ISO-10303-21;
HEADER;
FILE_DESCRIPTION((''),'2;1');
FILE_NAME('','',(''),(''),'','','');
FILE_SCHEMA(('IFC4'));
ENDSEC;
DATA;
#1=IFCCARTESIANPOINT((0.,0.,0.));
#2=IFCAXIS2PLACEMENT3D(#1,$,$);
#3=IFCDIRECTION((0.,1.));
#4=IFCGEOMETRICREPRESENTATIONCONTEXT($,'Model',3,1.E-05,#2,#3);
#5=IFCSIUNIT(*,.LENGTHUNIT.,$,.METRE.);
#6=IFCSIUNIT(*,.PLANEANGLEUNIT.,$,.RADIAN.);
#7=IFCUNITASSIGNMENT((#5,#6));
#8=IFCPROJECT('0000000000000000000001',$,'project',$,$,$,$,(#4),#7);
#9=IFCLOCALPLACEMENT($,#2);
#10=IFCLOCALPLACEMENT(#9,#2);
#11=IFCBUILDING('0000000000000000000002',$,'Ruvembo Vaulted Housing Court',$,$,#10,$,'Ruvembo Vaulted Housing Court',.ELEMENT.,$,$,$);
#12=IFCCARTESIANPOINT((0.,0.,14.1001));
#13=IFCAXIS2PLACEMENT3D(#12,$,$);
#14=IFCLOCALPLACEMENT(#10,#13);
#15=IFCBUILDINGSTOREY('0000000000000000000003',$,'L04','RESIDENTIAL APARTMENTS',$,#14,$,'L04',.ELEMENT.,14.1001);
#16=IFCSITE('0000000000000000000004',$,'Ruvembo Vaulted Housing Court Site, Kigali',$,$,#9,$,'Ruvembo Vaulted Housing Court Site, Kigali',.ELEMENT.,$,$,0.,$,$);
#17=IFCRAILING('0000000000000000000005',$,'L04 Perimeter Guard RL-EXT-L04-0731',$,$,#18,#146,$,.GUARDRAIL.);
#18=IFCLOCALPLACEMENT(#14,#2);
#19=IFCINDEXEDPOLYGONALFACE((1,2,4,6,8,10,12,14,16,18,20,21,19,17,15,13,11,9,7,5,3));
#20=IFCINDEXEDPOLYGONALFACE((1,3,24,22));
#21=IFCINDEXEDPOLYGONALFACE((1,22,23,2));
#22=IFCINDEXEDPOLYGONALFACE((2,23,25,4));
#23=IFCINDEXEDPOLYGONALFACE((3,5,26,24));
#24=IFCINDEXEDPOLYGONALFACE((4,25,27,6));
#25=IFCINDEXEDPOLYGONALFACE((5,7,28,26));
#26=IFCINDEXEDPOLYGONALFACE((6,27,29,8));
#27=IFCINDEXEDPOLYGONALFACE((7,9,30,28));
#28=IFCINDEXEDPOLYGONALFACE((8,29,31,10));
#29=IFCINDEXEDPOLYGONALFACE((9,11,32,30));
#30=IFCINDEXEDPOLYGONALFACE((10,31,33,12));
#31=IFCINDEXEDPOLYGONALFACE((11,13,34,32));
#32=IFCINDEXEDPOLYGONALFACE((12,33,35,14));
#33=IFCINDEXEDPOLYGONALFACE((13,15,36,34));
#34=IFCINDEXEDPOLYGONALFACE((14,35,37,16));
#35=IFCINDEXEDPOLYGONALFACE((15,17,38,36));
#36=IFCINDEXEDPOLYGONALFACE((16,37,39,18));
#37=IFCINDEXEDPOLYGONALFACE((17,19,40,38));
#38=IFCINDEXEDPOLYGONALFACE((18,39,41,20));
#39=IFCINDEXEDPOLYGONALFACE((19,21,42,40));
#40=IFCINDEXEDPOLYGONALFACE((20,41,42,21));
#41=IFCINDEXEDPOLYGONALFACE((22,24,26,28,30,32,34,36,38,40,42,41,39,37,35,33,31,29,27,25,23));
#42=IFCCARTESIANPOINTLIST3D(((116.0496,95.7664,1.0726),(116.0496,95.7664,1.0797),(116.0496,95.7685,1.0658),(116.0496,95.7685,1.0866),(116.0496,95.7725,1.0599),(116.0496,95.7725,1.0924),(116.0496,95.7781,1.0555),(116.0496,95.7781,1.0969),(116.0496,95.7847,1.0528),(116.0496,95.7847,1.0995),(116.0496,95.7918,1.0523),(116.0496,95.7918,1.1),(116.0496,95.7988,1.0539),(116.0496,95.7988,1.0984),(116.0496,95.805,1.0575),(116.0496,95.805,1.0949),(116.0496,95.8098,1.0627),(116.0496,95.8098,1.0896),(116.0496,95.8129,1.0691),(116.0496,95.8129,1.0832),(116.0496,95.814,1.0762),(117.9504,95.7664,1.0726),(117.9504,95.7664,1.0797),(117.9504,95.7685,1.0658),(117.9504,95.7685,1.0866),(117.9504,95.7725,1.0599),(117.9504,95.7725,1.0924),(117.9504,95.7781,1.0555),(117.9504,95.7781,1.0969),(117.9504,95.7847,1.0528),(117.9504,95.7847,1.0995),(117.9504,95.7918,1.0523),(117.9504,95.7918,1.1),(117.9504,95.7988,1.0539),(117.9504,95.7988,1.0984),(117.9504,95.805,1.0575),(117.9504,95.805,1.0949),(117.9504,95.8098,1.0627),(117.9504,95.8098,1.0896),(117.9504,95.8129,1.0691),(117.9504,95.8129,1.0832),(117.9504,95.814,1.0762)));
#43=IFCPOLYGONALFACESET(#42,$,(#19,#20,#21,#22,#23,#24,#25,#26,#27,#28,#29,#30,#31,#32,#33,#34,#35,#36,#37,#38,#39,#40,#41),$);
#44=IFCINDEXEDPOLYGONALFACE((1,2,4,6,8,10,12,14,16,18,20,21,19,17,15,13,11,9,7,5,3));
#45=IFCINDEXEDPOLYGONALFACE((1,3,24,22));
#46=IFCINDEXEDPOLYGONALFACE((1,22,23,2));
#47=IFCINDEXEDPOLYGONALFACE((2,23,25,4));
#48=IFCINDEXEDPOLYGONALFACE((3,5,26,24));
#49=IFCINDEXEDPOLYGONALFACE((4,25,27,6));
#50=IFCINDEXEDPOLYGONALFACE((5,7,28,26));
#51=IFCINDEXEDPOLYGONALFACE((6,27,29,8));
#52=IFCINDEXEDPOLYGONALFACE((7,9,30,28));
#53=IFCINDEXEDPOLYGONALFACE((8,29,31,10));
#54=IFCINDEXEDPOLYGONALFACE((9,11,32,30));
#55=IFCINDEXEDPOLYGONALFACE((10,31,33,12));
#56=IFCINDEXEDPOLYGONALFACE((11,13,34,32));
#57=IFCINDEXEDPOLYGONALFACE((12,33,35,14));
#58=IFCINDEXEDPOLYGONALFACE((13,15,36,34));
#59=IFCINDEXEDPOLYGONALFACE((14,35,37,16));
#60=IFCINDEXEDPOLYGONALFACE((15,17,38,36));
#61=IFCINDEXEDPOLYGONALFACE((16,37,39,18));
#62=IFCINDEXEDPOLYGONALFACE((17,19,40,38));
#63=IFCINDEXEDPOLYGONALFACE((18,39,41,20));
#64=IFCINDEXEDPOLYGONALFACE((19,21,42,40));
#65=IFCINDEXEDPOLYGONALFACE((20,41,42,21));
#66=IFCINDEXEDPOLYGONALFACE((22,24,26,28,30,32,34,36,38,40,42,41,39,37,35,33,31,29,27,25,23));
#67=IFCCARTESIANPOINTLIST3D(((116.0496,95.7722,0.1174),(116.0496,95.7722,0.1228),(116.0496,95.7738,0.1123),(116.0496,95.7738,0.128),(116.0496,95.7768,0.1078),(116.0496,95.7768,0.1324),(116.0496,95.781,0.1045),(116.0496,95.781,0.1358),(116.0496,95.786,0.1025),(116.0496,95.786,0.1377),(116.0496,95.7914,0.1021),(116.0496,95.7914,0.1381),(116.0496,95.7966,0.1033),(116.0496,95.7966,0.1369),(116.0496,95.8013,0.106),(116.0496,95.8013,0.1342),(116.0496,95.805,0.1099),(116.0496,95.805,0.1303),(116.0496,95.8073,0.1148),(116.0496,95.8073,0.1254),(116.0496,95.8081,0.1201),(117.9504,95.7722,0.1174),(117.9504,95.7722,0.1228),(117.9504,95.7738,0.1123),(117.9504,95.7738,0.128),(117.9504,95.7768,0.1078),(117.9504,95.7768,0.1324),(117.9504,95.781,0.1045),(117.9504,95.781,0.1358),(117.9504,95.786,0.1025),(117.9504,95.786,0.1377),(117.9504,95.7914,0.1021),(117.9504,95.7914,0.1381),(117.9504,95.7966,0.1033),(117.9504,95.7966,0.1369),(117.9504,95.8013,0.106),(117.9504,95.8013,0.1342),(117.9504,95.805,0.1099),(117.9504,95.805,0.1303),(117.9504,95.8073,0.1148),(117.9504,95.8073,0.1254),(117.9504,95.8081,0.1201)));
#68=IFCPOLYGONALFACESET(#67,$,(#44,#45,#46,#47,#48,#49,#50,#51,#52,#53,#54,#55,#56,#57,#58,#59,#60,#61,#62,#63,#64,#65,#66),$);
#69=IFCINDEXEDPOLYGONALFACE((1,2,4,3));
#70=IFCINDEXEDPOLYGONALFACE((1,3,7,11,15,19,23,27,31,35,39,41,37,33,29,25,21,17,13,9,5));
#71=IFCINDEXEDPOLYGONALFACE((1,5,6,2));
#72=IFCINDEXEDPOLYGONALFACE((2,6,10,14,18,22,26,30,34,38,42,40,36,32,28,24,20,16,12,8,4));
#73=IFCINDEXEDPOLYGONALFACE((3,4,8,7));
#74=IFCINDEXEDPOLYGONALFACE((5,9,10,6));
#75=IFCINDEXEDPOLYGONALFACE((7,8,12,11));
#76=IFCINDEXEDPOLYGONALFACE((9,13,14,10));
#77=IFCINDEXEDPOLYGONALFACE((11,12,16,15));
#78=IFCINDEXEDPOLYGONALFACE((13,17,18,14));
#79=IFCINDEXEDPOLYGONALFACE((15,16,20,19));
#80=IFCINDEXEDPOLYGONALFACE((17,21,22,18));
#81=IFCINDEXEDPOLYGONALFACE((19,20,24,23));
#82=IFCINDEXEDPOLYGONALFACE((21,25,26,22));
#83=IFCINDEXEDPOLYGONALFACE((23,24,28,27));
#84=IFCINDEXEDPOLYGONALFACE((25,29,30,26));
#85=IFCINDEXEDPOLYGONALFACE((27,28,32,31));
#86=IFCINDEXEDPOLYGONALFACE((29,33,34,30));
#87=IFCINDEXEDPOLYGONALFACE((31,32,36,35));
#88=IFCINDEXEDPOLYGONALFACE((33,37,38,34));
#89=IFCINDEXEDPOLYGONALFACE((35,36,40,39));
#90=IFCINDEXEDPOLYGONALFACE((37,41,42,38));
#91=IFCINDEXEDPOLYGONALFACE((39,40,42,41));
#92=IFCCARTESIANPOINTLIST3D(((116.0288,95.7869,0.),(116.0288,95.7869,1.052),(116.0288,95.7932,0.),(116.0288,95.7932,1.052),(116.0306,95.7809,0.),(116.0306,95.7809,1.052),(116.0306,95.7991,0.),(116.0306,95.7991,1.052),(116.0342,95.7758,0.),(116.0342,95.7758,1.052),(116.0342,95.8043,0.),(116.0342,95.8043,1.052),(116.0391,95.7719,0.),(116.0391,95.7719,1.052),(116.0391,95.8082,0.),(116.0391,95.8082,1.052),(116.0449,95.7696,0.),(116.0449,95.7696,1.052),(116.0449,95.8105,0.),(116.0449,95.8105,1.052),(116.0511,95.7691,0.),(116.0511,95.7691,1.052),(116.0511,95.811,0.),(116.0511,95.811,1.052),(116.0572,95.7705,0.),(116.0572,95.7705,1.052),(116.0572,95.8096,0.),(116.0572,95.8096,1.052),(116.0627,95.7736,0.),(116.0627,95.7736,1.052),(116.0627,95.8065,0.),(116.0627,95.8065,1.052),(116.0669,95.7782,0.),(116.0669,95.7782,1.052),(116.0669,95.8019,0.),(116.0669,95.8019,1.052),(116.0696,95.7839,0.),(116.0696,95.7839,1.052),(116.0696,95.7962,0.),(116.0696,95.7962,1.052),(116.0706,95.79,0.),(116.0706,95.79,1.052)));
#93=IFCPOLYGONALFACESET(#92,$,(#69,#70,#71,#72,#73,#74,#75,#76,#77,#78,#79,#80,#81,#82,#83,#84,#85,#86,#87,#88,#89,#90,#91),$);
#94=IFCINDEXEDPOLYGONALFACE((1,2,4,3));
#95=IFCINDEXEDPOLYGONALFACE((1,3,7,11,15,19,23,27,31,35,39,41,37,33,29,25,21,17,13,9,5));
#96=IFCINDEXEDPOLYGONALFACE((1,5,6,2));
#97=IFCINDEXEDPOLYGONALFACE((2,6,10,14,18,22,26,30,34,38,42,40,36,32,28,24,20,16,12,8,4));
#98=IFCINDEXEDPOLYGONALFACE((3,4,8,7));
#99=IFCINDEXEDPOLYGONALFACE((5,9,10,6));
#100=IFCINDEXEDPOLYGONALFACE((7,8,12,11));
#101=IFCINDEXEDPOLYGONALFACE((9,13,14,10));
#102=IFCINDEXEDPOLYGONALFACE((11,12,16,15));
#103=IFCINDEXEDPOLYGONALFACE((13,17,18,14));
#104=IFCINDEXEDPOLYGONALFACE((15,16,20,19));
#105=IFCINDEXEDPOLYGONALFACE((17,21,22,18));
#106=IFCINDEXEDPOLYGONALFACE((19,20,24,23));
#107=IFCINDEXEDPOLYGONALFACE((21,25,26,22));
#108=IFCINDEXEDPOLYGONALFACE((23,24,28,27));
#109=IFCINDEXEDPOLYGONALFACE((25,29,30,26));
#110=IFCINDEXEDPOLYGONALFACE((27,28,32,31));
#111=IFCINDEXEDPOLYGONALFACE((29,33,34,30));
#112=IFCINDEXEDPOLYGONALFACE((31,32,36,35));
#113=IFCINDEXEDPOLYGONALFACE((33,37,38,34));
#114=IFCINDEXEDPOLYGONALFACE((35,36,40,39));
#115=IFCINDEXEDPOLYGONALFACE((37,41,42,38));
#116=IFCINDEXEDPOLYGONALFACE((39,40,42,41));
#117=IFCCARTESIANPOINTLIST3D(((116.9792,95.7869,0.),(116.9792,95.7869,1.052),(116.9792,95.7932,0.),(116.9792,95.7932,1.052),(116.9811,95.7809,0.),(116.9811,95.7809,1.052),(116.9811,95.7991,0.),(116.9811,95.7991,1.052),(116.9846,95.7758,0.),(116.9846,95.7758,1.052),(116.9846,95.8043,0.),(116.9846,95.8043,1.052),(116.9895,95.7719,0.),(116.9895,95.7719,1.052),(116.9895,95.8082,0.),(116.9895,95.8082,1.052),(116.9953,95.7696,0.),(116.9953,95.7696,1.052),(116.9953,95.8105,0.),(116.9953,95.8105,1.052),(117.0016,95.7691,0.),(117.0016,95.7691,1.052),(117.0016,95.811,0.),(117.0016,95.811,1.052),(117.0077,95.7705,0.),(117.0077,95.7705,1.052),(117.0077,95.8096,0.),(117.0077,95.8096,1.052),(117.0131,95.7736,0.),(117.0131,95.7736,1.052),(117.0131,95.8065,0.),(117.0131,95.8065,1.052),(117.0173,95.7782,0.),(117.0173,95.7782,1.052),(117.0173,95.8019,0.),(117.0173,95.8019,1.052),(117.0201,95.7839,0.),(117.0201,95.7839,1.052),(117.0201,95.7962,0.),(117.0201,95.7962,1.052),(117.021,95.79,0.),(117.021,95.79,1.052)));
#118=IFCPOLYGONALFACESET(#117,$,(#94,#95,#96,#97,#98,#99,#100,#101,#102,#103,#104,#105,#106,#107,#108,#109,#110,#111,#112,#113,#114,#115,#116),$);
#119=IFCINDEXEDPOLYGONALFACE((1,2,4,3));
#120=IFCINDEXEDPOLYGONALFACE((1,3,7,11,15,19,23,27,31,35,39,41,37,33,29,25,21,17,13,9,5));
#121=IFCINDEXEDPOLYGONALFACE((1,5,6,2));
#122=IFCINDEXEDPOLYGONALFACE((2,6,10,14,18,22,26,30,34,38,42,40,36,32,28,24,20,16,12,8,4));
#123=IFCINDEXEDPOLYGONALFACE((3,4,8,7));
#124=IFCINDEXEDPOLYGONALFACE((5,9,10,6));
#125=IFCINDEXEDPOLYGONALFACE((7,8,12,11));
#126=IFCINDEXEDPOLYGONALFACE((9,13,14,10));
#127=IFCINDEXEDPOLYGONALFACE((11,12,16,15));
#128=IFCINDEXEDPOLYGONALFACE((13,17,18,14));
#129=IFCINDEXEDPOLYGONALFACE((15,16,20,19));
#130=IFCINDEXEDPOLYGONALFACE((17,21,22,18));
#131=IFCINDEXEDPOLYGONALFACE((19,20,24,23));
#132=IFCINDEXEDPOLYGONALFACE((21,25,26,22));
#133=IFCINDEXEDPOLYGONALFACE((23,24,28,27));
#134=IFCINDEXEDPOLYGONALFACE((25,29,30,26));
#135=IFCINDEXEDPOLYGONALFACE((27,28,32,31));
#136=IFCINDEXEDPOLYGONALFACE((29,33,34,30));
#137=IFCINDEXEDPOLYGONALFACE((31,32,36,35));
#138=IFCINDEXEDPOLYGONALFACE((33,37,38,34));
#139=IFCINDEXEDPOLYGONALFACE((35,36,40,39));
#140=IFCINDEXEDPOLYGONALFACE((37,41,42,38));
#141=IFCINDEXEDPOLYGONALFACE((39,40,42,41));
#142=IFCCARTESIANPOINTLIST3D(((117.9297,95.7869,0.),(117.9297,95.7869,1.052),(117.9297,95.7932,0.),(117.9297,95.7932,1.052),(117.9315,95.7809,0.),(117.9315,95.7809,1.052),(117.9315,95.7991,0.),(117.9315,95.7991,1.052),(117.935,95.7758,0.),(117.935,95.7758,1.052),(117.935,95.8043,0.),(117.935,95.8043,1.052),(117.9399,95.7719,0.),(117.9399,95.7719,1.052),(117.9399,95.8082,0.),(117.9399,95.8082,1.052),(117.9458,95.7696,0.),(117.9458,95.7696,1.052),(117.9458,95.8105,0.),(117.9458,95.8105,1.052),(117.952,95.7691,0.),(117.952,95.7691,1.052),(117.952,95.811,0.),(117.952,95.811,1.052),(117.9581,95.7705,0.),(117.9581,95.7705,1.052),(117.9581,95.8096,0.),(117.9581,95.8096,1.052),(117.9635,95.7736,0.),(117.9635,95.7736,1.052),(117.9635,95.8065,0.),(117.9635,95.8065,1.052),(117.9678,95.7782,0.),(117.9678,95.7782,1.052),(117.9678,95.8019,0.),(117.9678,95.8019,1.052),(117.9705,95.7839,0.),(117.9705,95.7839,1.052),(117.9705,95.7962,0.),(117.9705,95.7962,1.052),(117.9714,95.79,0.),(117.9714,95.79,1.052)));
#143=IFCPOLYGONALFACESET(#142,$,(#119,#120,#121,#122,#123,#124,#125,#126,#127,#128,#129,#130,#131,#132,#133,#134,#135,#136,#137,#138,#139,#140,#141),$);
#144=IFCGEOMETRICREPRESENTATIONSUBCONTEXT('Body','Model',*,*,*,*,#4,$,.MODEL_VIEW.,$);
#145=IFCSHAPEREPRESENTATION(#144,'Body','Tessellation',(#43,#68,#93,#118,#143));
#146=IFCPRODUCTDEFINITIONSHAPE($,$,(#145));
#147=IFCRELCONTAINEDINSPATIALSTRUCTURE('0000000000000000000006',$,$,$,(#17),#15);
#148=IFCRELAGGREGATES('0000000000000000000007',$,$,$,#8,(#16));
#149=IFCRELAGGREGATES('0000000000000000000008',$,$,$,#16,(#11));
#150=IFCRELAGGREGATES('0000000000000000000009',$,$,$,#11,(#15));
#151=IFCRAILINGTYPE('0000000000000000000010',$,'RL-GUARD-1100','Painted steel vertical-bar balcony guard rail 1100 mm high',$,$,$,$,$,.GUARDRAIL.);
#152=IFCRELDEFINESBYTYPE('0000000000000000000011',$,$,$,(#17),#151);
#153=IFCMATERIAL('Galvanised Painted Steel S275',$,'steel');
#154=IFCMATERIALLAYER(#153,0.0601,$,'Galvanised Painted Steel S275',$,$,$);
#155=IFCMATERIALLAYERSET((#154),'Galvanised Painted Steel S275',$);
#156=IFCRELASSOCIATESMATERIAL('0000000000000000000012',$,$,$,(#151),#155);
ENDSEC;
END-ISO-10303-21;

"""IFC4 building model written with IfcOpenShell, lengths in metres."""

from ifc_helpers import new_model, si_unit, direction, frame, origin, origin_2d, place, context, subcontext, project, spatial, circle, extrude, material, layer, layer_set, type_object, element, save


model = new_model("IFC4")

# Units and contexts
model_context = context("Model", 3, precision=1e-05, world=origin(), true_north=direction((0.0, 1.0)))
body_context = subcontext(model_context, "Body", "Model", "MODEL_VIEW")
ifc_project = project(units=[si_unit("LENGTHUNIT", "METRE"), si_unit("PLANEANGLEUNIT", "RADIAN")], contexts=[model_context])

# Site, building, storey
site_placement = place(None, origin())
site = spatial("IfcSite", under=ifc_project, at=site_placement, Name="Ruvembo Vaulted Housing Court Site, Kigali", LongName="Ruvembo Vaulted Housing Court Site, Kigali", CompositionType="ELEMENT", RefElevation=0.0)
building_placement = place(site_placement, origin())
building = spatial("IfcBuilding", under=site, at=building_placement, Name="Ruvembo Vaulted Housing Court", LongName="Ruvembo Vaulted Housing Court", CompositionType="ELEMENT")
storey_placement = place(building_placement, frame((0.0, 0.0, 14.1001)))
storey = spatial("IfcBuildingStorey", under=building, at=storey_placement, Name="L04", Description="RESIDENTIAL APARTMENTS", LongName="L04", CompositionType="ELEMENT", Elevation=14.1001)

# Railing
ifc_material_1 = material(Name="Galvanised Painted Steel S275", Category="steel")
ifc_layer = layer(ifc_material_1, 0.0601, Name="Galvanised Painted Steel S275")
ifc_layer_set = layer_set([ifc_layer], Name="Galvanised Painted Steel S275")
railing_type = type_object("IfcRailingType", Name="RL-GUARD-1100", Description="Painted steel vertical-bar balcony guard rail 1100 mm high", PredefinedType="GUARDRAIL", material=ifc_layer_set)
railing_1_placement = place(storey_placement, frame((116.0496, 95.79, 0.0)))
element("IfcRailing", 1, at=railing_1_placement, inside=storey, type_object=railing_type, Name="L04 Perimeter Guard RL-EXT-L04-0731", PredefinedType="GUARDRAIL", context=body_context, shape_type="SweptSolid", body=[
    extrude(circle(Radius=0.0239, at=origin_2d()), frame((0.0, 0.0, 1.0762), z_axis=(1.0, 0.0, 0.0), x_axis=(0.0, 1.0, 0.0)), (0.0, 0.0, 1.0), 1.9009),
    extrude(circle(Radius=0.0181, at=origin_2d()), frame((0.0, 0.0, 0.1201), z_axis=(1.0, 0.0, 0.0), x_axis=(0.0, 1.0, 0.0)), (0.0, 0.0, 1.0), 1.9009),
    extrude(circle(Radius=0.021, at=origin_2d()), origin(), (0.0, 0.0, 1.0), 1.052),
    extrude(circle(Radius=0.021, at=origin_2d()), frame((0.9504, 0.0, 0.0)), (0.0, 0.0, 1.0), 1.052),
    extrude(circle(Radius=0.021, at=origin_2d()), frame((1.9009, 0.0, 0.0)), (0.0, 0.0, 1.0), 1.052),
])

save(model, "model.ifc")
